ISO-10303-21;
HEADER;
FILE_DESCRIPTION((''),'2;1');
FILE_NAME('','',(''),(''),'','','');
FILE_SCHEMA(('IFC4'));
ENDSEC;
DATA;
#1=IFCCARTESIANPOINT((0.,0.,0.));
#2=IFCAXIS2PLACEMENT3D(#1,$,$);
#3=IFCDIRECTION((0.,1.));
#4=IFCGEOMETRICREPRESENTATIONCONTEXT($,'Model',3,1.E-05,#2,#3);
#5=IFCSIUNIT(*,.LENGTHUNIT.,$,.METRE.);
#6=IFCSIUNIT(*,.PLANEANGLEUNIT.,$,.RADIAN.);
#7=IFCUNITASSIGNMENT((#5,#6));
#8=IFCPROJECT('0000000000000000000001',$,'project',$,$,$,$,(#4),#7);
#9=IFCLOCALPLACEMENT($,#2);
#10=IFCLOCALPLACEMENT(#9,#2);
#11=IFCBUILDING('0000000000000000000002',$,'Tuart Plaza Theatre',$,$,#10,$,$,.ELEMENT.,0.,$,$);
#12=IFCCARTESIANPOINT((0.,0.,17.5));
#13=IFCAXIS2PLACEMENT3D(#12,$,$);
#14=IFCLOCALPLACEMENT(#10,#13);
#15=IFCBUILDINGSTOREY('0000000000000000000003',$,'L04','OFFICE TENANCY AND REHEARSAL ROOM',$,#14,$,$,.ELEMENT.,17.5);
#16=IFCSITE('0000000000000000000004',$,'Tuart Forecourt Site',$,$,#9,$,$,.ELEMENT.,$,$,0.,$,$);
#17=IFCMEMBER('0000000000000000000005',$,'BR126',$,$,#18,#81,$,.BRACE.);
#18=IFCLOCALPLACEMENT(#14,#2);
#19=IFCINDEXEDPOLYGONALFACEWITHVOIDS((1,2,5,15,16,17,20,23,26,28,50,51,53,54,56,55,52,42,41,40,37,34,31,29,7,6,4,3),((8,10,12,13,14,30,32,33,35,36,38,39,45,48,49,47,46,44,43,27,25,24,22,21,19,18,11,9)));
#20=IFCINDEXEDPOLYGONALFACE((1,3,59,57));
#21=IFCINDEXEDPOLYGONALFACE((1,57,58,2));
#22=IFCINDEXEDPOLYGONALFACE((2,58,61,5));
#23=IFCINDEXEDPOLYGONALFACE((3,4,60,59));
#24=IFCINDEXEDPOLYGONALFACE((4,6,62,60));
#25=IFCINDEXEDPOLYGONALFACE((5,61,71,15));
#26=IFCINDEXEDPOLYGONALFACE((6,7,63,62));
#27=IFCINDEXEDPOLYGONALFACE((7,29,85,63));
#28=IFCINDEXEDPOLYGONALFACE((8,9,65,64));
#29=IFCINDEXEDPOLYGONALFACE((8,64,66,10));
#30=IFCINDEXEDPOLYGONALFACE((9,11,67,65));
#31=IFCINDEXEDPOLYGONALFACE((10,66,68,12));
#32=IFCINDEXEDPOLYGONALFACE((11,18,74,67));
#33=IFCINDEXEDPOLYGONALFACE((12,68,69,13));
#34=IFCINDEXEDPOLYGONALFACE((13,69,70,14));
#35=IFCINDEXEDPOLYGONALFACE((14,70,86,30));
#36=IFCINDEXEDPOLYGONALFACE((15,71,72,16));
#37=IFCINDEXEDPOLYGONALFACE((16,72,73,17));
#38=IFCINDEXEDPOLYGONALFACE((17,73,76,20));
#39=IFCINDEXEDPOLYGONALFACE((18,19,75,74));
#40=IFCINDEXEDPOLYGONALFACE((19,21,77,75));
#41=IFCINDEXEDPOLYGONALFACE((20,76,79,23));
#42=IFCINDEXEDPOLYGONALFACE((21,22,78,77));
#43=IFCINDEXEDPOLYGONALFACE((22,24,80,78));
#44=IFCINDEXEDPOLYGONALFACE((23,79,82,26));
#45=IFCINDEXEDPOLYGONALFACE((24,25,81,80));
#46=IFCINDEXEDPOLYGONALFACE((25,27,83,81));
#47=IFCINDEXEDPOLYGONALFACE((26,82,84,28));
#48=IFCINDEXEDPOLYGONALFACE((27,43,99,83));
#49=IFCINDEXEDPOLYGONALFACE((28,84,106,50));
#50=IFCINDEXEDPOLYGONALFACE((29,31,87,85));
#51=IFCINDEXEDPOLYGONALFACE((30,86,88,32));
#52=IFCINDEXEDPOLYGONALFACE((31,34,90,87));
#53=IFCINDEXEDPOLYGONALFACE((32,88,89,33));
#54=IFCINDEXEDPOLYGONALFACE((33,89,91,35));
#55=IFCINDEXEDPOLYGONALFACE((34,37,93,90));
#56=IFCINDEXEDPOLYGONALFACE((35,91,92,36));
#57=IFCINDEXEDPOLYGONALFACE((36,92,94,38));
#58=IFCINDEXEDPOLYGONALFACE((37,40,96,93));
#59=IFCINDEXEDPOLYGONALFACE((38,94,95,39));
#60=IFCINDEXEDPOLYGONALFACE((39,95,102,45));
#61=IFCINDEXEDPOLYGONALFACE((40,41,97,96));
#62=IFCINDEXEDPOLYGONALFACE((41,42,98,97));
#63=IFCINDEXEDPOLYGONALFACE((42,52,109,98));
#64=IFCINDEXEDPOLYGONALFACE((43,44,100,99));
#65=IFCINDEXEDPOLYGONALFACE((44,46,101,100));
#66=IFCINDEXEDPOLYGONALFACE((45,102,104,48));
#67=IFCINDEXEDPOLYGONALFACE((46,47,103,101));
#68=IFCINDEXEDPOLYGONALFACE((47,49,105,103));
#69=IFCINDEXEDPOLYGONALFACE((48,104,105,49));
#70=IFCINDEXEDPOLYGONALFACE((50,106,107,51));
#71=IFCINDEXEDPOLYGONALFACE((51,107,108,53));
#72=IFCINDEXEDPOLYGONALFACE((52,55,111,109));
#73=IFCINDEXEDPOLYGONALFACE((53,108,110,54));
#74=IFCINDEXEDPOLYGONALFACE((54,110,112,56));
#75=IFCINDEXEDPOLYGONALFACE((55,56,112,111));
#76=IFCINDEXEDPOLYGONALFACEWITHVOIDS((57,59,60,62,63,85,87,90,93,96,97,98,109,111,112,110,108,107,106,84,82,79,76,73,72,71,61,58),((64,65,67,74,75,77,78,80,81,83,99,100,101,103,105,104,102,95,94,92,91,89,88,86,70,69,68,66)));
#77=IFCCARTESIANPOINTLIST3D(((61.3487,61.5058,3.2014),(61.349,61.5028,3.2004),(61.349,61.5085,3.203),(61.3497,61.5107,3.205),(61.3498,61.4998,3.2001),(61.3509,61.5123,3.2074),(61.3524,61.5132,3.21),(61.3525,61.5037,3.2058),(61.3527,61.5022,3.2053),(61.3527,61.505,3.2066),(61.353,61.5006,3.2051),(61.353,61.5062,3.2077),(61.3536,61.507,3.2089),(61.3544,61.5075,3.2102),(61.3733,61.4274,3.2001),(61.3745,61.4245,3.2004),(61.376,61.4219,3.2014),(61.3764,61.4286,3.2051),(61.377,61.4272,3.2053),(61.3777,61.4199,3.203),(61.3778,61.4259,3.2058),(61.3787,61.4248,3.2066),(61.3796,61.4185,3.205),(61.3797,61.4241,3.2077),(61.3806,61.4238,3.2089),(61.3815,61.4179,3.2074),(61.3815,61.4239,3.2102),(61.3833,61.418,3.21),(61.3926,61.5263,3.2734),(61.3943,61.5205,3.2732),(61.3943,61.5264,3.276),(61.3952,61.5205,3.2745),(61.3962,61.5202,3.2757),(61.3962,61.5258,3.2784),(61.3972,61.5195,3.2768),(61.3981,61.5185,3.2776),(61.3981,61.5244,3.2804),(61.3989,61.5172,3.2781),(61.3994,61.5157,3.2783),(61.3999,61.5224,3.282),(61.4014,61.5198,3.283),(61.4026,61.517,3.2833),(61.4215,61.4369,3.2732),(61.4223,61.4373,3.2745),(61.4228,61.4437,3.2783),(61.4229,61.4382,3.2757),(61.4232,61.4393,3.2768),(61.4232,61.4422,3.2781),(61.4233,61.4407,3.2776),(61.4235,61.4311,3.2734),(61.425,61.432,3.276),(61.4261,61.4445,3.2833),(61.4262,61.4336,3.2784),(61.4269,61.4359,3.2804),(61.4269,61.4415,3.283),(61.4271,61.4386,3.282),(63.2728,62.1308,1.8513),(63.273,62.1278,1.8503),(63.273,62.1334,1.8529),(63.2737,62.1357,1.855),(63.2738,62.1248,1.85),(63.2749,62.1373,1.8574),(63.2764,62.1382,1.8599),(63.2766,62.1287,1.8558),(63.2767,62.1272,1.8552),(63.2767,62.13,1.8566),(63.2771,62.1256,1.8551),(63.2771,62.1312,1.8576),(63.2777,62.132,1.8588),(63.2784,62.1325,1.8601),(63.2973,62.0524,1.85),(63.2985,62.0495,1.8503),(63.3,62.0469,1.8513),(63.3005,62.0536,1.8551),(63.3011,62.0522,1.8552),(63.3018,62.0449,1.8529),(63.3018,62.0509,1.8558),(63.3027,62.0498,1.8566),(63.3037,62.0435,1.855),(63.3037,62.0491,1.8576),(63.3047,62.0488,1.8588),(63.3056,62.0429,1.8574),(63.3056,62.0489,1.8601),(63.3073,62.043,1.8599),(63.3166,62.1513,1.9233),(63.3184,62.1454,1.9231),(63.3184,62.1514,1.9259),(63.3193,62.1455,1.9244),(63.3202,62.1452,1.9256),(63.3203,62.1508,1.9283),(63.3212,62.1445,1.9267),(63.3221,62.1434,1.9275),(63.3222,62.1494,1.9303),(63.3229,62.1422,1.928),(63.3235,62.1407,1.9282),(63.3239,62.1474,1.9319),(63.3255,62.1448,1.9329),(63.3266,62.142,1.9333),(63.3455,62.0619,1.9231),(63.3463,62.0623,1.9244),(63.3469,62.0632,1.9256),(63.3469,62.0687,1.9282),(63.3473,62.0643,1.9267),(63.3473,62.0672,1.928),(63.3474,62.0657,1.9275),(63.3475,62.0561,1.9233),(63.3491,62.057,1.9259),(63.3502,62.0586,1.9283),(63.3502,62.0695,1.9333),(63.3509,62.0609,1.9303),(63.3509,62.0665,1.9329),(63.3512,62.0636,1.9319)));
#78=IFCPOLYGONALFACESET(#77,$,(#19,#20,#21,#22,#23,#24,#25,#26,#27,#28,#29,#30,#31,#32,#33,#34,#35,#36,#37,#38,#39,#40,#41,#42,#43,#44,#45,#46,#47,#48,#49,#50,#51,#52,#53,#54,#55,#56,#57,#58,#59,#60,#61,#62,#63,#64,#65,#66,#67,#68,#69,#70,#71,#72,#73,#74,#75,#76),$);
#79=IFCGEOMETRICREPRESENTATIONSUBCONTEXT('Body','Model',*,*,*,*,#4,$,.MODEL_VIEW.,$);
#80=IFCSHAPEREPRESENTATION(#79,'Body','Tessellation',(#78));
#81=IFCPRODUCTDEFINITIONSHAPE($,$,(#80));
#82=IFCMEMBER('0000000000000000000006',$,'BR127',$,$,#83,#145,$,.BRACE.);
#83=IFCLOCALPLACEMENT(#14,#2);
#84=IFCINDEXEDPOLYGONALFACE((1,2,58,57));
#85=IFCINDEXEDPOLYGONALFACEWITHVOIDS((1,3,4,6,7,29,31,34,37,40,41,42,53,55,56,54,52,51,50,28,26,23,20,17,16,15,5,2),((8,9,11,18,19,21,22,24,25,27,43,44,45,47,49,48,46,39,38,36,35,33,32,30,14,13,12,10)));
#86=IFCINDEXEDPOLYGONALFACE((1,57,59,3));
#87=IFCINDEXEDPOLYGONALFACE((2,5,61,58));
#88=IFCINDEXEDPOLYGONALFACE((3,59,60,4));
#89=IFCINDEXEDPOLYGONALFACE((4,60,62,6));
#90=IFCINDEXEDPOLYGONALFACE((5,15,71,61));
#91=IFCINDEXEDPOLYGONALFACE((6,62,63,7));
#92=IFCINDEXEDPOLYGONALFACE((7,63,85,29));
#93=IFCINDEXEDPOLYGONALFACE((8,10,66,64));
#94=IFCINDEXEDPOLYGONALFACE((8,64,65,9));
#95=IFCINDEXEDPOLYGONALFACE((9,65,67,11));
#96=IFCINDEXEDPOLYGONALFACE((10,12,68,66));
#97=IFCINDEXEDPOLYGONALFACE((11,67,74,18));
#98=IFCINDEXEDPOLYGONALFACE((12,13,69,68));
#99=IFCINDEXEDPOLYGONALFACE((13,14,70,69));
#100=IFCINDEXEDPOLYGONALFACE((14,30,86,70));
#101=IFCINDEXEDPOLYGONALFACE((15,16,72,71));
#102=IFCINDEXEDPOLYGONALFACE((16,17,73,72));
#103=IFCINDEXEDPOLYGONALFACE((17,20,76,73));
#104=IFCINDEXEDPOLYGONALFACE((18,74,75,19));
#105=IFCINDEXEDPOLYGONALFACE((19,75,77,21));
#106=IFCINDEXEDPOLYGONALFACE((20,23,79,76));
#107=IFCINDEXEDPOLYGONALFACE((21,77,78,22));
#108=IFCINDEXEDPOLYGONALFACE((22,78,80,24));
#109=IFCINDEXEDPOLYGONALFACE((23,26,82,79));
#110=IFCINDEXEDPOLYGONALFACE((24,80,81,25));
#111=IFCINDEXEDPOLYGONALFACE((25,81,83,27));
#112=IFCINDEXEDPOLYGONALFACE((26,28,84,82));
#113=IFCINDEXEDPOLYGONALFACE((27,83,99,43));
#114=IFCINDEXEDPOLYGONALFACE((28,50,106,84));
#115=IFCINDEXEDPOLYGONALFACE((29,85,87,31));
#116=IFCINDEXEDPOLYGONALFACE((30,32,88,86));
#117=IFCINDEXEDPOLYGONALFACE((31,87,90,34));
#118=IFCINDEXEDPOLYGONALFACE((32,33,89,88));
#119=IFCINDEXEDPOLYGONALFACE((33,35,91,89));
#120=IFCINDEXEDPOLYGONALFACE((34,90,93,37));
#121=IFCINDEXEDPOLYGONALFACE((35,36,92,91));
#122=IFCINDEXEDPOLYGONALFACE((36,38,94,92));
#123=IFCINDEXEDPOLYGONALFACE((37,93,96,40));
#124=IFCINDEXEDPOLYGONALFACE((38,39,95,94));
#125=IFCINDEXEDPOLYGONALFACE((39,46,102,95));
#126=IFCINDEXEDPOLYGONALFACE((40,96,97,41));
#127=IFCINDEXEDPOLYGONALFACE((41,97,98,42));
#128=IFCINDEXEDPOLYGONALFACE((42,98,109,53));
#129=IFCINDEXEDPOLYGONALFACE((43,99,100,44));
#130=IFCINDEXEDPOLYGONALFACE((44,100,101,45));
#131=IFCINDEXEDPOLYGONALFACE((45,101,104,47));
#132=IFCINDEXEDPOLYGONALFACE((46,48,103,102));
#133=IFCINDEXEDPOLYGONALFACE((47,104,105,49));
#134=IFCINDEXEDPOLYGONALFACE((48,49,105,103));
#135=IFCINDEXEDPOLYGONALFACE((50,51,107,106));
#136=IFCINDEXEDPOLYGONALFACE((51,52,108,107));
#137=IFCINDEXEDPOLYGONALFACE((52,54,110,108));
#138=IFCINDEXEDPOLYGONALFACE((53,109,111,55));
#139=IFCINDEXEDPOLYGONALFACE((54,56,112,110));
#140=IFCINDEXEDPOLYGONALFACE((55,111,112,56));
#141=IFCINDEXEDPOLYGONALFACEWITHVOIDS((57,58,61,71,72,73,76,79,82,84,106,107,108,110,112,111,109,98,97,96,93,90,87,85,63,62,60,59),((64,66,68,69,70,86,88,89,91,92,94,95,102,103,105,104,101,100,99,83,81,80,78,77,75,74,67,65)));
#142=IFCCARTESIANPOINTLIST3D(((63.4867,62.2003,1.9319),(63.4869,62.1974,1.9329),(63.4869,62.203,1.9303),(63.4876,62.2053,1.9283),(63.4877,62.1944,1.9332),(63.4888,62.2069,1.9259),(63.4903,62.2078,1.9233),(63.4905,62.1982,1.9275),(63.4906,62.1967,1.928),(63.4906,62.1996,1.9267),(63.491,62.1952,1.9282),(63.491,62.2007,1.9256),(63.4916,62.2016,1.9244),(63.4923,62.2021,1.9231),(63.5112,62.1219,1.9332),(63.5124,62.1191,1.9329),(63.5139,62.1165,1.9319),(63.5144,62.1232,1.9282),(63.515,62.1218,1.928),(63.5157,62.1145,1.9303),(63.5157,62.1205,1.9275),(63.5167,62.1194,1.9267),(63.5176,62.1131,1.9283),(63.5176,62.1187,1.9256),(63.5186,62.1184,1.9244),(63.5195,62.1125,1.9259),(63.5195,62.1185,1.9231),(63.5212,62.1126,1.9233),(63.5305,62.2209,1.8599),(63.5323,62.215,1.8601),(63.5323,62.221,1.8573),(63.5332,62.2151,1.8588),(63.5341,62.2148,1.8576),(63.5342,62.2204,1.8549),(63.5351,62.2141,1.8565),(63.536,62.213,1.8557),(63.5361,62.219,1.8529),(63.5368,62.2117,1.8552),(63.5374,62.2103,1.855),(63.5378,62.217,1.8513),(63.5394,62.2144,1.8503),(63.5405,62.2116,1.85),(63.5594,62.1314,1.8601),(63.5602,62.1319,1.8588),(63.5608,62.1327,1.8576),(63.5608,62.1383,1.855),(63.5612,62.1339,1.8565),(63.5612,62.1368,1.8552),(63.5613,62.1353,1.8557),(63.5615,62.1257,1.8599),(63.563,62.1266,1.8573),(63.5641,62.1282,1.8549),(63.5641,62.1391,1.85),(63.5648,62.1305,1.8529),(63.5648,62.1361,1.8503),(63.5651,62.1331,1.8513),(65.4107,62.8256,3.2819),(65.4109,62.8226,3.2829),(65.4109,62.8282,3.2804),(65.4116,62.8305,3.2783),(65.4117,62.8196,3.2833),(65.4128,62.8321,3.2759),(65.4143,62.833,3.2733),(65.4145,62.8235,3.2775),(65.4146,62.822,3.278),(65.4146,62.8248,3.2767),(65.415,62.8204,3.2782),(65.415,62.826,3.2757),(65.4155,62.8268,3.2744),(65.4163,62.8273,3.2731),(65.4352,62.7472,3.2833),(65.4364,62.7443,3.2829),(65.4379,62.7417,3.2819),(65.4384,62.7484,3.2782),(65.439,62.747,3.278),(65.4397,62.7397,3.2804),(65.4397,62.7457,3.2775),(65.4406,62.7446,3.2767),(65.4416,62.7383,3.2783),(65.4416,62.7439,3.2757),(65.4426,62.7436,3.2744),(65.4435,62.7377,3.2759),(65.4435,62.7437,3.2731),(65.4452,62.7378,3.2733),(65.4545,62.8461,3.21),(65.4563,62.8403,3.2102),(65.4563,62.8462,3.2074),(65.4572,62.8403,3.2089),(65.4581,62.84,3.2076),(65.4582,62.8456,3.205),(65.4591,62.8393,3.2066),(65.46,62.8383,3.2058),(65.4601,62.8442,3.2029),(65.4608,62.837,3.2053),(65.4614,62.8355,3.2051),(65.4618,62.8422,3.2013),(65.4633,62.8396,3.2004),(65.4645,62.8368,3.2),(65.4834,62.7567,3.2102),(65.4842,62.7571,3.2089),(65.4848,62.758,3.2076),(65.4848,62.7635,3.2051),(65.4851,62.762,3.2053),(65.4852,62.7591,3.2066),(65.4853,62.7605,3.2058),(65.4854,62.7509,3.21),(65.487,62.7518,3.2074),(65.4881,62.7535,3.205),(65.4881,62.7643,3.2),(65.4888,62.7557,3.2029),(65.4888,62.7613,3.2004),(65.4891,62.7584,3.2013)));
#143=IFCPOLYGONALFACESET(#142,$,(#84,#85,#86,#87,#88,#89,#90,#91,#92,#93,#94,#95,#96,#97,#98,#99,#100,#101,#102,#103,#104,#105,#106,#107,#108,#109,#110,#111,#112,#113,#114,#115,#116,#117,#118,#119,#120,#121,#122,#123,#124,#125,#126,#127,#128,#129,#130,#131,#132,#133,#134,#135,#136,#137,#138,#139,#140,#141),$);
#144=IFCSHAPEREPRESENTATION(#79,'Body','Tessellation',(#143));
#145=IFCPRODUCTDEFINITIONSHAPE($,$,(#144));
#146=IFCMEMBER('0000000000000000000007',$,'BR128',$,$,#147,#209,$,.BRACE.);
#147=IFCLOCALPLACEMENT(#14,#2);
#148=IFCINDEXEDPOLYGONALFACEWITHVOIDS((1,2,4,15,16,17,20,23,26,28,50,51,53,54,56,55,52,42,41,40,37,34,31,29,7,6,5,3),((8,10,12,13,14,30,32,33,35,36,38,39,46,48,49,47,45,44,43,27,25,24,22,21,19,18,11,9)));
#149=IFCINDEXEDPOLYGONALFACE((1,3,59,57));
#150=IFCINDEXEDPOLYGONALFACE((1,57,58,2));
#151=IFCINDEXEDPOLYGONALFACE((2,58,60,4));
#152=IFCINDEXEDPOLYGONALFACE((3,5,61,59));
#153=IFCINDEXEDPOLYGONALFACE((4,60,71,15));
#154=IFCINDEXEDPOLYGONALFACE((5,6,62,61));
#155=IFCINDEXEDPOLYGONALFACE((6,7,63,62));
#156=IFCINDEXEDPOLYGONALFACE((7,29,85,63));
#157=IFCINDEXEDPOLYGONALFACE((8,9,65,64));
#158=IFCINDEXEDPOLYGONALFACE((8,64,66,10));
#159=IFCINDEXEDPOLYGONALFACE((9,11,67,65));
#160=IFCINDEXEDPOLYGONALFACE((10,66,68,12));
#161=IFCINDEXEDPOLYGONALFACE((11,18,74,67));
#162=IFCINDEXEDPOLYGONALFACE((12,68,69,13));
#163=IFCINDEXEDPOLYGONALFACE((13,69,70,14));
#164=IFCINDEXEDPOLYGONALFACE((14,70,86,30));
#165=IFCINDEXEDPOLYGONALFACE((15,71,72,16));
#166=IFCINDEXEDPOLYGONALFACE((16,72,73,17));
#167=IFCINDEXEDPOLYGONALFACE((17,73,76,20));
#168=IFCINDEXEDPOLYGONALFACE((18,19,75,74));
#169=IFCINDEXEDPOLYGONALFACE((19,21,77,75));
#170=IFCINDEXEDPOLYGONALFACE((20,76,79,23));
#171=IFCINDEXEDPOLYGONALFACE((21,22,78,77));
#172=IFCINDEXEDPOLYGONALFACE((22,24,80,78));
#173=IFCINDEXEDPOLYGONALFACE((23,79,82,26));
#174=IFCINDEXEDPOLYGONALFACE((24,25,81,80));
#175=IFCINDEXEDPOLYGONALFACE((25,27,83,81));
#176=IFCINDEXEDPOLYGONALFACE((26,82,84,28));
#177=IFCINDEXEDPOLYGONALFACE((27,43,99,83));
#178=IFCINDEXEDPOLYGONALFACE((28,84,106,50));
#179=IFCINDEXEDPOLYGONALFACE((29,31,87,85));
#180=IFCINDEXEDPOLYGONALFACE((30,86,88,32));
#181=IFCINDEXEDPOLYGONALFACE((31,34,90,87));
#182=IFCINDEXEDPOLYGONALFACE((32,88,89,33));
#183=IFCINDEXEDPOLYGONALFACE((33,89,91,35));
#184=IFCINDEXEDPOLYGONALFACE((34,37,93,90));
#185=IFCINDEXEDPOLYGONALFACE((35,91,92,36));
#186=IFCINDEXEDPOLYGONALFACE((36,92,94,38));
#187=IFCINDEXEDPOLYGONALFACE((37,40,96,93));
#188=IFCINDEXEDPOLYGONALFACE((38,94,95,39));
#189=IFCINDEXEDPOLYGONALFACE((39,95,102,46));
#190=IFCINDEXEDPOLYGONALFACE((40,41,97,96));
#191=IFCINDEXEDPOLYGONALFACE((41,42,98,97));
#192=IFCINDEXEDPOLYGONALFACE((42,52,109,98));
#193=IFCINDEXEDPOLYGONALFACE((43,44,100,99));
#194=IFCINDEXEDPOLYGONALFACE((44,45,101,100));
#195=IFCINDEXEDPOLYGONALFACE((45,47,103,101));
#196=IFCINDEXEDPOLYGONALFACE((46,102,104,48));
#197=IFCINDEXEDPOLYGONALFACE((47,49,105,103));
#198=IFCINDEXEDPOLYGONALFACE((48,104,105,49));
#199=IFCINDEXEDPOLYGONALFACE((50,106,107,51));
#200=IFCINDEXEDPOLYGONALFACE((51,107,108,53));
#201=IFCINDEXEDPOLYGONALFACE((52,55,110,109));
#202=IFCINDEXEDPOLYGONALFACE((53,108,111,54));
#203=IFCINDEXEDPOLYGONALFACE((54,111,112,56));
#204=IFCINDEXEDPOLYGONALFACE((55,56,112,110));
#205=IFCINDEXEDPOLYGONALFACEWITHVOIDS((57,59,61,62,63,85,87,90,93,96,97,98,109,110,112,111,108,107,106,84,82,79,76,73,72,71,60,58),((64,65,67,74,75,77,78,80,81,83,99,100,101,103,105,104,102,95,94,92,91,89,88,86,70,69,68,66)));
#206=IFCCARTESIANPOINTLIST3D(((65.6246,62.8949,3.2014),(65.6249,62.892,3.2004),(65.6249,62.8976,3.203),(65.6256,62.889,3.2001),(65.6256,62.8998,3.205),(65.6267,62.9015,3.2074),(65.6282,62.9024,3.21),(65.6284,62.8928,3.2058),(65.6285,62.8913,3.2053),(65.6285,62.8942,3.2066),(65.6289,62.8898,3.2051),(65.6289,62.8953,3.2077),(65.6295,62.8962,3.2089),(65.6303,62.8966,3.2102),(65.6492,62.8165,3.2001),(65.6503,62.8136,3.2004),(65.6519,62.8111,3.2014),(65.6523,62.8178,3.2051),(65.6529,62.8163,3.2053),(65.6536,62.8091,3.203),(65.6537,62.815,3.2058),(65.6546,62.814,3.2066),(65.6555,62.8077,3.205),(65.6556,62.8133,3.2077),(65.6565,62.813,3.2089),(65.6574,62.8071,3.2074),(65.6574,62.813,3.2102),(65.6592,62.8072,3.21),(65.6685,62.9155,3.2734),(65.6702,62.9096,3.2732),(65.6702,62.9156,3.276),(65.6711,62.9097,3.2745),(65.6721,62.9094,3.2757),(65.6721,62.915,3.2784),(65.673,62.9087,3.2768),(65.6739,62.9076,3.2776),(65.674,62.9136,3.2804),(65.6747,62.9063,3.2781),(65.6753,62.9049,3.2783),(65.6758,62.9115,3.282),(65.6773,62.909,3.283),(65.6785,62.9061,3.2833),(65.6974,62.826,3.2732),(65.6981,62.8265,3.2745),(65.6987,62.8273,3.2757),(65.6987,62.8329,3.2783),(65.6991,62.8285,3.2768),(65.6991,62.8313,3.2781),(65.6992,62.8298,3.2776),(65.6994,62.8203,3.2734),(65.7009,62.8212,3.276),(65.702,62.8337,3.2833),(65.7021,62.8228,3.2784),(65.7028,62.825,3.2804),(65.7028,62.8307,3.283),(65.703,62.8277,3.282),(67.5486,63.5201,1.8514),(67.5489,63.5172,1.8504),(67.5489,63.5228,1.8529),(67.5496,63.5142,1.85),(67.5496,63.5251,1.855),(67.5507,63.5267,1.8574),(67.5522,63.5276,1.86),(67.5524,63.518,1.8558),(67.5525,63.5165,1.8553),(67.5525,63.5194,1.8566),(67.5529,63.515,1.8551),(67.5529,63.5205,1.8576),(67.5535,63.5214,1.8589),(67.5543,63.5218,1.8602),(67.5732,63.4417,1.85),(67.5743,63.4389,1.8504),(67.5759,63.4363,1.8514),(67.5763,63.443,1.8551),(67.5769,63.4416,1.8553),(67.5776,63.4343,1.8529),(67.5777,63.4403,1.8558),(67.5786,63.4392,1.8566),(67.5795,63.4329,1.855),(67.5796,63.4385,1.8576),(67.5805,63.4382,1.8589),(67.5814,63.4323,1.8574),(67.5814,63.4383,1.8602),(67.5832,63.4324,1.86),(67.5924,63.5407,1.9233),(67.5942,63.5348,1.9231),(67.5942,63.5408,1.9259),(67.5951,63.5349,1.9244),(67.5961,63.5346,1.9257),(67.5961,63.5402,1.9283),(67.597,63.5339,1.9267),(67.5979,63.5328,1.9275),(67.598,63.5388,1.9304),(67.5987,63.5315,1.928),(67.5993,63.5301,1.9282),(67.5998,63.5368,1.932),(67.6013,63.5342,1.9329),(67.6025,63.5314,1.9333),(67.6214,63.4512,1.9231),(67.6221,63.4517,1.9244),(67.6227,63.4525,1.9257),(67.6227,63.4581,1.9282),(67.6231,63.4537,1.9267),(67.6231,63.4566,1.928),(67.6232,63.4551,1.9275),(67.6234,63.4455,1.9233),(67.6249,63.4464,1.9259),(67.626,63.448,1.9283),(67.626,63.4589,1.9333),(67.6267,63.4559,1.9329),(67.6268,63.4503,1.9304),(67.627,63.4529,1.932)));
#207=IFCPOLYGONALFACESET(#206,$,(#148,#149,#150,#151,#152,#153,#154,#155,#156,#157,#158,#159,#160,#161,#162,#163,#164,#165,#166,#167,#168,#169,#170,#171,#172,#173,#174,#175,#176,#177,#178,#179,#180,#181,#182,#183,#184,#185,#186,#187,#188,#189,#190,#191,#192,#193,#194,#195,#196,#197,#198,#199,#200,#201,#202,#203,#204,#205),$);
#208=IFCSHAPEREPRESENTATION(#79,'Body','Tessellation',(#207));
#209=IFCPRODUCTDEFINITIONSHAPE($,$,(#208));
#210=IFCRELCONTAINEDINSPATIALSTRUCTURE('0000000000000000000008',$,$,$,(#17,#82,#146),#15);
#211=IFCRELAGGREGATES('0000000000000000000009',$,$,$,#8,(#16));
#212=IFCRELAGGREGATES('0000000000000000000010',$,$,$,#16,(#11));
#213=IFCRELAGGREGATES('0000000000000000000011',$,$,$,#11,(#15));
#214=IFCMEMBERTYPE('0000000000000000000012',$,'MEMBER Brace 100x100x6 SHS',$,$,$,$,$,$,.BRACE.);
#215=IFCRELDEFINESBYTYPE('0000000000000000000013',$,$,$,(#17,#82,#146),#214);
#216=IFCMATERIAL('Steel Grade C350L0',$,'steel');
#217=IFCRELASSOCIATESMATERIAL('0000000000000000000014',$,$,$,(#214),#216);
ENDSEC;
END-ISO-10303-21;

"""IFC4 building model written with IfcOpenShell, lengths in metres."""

from ifc_helpers import new_model, si_unit, direction, frame, origin, origin_2d, place, context, subcontext, project, spatial, hollow_rectangle, extrude, material, material_profile, profile_set, type_object, element, save


model = new_model("IFC4")

# Units and contexts
model_context = context("Model", 3, precision=1e-05, world=origin(), true_north=direction((0.0, 1.0)))
body_context = subcontext(model_context, "Body", "Model", "MODEL_VIEW")
ifc_project = project(units=[si_unit("LENGTHUNIT", "METRE"), si_unit("PLANEANGLEUNIT", "RADIAN")], contexts=[model_context])

# Site, building, storey
site_placement = place(None, origin())
site = spatial("IfcSite", under=ifc_project, at=site_placement, Name="Tuart Forecourt Site", CompositionType="ELEMENT", RefElevation=0.0)
building_placement = place(site_placement, origin())
building = spatial("IfcBuilding", under=site, at=building_placement, Name="Tuart Plaza Theatre", CompositionType="ELEMENT", ElevationOfRefHeight=0.0)
storey_placement = place(building_placement, frame((0.0, 0.0, 17.5)))
storey = spatial("IfcBuildingStorey", under=building, at=storey_placement, Name="L04", Description="OFFICE TENANCY AND REHEARSAL ROOM", CompositionType="ELEMENT", Elevation=17.5)

# Members
ifc_material_1 = material(Name="Steel Grade C350L0", Category="steel")
ifc_material_profile_1 = material_profile(ifc_material_1, hollow_rectangle(XDim=0.1001, YDim=0.1001, WallThickness=0.0061, InnerFilletRadius=0.0061, OuterFilletRadius=0.012, at=origin_2d()), Name="100x100x6 SHS")
ifc_profile_set_1 = profile_set([ifc_material_profile_1], Name="Steel Grade C350L0")
member_type_1 = type_object("IfcMemberType", Name="MEMBER Brace 100x100x6 SHS", PredefinedType="BRACE", material=ifc_profile_set_1)
for number, where, z_axis, x_axis, name in (
    (1, (61.3879, 61.4722, 3.2417), (0.791093, 0.256972, -0.5551), (-0.308941, 0.951081, 0.0), "BR126"),
    (2, (63.5259, 62.1667, 1.8916), (0.791073, 0.257066, 0.555086), (-0.309051, 0.951046, 0.0), "BR127"),
    (3, (65.6638, 62.8613, 3.2417), (0.791073, 0.257066, -0.555086), (-0.309051, 0.951046, 0.0), "BR128"),
):
    element("IfcMember", number, at=place(storey_placement, frame(where, z_axis=z_axis, x_axis=x_axis)), inside=storey, type_object=member_type_1, Name=name, PredefinedType="BRACE", context=body_context, shape_type="SweptSolid", body=[
        extrude(hollow_rectangle(XDim=0.1001, YDim=0.1001, WallThickness=0.0061, InnerFilletRadius=0.0061, OuterFilletRadius=0.012, at=origin_2d()), origin(), (0.0, 0.0, 1.0), 2.4321),
    ])

save(model, "model.ifc")
